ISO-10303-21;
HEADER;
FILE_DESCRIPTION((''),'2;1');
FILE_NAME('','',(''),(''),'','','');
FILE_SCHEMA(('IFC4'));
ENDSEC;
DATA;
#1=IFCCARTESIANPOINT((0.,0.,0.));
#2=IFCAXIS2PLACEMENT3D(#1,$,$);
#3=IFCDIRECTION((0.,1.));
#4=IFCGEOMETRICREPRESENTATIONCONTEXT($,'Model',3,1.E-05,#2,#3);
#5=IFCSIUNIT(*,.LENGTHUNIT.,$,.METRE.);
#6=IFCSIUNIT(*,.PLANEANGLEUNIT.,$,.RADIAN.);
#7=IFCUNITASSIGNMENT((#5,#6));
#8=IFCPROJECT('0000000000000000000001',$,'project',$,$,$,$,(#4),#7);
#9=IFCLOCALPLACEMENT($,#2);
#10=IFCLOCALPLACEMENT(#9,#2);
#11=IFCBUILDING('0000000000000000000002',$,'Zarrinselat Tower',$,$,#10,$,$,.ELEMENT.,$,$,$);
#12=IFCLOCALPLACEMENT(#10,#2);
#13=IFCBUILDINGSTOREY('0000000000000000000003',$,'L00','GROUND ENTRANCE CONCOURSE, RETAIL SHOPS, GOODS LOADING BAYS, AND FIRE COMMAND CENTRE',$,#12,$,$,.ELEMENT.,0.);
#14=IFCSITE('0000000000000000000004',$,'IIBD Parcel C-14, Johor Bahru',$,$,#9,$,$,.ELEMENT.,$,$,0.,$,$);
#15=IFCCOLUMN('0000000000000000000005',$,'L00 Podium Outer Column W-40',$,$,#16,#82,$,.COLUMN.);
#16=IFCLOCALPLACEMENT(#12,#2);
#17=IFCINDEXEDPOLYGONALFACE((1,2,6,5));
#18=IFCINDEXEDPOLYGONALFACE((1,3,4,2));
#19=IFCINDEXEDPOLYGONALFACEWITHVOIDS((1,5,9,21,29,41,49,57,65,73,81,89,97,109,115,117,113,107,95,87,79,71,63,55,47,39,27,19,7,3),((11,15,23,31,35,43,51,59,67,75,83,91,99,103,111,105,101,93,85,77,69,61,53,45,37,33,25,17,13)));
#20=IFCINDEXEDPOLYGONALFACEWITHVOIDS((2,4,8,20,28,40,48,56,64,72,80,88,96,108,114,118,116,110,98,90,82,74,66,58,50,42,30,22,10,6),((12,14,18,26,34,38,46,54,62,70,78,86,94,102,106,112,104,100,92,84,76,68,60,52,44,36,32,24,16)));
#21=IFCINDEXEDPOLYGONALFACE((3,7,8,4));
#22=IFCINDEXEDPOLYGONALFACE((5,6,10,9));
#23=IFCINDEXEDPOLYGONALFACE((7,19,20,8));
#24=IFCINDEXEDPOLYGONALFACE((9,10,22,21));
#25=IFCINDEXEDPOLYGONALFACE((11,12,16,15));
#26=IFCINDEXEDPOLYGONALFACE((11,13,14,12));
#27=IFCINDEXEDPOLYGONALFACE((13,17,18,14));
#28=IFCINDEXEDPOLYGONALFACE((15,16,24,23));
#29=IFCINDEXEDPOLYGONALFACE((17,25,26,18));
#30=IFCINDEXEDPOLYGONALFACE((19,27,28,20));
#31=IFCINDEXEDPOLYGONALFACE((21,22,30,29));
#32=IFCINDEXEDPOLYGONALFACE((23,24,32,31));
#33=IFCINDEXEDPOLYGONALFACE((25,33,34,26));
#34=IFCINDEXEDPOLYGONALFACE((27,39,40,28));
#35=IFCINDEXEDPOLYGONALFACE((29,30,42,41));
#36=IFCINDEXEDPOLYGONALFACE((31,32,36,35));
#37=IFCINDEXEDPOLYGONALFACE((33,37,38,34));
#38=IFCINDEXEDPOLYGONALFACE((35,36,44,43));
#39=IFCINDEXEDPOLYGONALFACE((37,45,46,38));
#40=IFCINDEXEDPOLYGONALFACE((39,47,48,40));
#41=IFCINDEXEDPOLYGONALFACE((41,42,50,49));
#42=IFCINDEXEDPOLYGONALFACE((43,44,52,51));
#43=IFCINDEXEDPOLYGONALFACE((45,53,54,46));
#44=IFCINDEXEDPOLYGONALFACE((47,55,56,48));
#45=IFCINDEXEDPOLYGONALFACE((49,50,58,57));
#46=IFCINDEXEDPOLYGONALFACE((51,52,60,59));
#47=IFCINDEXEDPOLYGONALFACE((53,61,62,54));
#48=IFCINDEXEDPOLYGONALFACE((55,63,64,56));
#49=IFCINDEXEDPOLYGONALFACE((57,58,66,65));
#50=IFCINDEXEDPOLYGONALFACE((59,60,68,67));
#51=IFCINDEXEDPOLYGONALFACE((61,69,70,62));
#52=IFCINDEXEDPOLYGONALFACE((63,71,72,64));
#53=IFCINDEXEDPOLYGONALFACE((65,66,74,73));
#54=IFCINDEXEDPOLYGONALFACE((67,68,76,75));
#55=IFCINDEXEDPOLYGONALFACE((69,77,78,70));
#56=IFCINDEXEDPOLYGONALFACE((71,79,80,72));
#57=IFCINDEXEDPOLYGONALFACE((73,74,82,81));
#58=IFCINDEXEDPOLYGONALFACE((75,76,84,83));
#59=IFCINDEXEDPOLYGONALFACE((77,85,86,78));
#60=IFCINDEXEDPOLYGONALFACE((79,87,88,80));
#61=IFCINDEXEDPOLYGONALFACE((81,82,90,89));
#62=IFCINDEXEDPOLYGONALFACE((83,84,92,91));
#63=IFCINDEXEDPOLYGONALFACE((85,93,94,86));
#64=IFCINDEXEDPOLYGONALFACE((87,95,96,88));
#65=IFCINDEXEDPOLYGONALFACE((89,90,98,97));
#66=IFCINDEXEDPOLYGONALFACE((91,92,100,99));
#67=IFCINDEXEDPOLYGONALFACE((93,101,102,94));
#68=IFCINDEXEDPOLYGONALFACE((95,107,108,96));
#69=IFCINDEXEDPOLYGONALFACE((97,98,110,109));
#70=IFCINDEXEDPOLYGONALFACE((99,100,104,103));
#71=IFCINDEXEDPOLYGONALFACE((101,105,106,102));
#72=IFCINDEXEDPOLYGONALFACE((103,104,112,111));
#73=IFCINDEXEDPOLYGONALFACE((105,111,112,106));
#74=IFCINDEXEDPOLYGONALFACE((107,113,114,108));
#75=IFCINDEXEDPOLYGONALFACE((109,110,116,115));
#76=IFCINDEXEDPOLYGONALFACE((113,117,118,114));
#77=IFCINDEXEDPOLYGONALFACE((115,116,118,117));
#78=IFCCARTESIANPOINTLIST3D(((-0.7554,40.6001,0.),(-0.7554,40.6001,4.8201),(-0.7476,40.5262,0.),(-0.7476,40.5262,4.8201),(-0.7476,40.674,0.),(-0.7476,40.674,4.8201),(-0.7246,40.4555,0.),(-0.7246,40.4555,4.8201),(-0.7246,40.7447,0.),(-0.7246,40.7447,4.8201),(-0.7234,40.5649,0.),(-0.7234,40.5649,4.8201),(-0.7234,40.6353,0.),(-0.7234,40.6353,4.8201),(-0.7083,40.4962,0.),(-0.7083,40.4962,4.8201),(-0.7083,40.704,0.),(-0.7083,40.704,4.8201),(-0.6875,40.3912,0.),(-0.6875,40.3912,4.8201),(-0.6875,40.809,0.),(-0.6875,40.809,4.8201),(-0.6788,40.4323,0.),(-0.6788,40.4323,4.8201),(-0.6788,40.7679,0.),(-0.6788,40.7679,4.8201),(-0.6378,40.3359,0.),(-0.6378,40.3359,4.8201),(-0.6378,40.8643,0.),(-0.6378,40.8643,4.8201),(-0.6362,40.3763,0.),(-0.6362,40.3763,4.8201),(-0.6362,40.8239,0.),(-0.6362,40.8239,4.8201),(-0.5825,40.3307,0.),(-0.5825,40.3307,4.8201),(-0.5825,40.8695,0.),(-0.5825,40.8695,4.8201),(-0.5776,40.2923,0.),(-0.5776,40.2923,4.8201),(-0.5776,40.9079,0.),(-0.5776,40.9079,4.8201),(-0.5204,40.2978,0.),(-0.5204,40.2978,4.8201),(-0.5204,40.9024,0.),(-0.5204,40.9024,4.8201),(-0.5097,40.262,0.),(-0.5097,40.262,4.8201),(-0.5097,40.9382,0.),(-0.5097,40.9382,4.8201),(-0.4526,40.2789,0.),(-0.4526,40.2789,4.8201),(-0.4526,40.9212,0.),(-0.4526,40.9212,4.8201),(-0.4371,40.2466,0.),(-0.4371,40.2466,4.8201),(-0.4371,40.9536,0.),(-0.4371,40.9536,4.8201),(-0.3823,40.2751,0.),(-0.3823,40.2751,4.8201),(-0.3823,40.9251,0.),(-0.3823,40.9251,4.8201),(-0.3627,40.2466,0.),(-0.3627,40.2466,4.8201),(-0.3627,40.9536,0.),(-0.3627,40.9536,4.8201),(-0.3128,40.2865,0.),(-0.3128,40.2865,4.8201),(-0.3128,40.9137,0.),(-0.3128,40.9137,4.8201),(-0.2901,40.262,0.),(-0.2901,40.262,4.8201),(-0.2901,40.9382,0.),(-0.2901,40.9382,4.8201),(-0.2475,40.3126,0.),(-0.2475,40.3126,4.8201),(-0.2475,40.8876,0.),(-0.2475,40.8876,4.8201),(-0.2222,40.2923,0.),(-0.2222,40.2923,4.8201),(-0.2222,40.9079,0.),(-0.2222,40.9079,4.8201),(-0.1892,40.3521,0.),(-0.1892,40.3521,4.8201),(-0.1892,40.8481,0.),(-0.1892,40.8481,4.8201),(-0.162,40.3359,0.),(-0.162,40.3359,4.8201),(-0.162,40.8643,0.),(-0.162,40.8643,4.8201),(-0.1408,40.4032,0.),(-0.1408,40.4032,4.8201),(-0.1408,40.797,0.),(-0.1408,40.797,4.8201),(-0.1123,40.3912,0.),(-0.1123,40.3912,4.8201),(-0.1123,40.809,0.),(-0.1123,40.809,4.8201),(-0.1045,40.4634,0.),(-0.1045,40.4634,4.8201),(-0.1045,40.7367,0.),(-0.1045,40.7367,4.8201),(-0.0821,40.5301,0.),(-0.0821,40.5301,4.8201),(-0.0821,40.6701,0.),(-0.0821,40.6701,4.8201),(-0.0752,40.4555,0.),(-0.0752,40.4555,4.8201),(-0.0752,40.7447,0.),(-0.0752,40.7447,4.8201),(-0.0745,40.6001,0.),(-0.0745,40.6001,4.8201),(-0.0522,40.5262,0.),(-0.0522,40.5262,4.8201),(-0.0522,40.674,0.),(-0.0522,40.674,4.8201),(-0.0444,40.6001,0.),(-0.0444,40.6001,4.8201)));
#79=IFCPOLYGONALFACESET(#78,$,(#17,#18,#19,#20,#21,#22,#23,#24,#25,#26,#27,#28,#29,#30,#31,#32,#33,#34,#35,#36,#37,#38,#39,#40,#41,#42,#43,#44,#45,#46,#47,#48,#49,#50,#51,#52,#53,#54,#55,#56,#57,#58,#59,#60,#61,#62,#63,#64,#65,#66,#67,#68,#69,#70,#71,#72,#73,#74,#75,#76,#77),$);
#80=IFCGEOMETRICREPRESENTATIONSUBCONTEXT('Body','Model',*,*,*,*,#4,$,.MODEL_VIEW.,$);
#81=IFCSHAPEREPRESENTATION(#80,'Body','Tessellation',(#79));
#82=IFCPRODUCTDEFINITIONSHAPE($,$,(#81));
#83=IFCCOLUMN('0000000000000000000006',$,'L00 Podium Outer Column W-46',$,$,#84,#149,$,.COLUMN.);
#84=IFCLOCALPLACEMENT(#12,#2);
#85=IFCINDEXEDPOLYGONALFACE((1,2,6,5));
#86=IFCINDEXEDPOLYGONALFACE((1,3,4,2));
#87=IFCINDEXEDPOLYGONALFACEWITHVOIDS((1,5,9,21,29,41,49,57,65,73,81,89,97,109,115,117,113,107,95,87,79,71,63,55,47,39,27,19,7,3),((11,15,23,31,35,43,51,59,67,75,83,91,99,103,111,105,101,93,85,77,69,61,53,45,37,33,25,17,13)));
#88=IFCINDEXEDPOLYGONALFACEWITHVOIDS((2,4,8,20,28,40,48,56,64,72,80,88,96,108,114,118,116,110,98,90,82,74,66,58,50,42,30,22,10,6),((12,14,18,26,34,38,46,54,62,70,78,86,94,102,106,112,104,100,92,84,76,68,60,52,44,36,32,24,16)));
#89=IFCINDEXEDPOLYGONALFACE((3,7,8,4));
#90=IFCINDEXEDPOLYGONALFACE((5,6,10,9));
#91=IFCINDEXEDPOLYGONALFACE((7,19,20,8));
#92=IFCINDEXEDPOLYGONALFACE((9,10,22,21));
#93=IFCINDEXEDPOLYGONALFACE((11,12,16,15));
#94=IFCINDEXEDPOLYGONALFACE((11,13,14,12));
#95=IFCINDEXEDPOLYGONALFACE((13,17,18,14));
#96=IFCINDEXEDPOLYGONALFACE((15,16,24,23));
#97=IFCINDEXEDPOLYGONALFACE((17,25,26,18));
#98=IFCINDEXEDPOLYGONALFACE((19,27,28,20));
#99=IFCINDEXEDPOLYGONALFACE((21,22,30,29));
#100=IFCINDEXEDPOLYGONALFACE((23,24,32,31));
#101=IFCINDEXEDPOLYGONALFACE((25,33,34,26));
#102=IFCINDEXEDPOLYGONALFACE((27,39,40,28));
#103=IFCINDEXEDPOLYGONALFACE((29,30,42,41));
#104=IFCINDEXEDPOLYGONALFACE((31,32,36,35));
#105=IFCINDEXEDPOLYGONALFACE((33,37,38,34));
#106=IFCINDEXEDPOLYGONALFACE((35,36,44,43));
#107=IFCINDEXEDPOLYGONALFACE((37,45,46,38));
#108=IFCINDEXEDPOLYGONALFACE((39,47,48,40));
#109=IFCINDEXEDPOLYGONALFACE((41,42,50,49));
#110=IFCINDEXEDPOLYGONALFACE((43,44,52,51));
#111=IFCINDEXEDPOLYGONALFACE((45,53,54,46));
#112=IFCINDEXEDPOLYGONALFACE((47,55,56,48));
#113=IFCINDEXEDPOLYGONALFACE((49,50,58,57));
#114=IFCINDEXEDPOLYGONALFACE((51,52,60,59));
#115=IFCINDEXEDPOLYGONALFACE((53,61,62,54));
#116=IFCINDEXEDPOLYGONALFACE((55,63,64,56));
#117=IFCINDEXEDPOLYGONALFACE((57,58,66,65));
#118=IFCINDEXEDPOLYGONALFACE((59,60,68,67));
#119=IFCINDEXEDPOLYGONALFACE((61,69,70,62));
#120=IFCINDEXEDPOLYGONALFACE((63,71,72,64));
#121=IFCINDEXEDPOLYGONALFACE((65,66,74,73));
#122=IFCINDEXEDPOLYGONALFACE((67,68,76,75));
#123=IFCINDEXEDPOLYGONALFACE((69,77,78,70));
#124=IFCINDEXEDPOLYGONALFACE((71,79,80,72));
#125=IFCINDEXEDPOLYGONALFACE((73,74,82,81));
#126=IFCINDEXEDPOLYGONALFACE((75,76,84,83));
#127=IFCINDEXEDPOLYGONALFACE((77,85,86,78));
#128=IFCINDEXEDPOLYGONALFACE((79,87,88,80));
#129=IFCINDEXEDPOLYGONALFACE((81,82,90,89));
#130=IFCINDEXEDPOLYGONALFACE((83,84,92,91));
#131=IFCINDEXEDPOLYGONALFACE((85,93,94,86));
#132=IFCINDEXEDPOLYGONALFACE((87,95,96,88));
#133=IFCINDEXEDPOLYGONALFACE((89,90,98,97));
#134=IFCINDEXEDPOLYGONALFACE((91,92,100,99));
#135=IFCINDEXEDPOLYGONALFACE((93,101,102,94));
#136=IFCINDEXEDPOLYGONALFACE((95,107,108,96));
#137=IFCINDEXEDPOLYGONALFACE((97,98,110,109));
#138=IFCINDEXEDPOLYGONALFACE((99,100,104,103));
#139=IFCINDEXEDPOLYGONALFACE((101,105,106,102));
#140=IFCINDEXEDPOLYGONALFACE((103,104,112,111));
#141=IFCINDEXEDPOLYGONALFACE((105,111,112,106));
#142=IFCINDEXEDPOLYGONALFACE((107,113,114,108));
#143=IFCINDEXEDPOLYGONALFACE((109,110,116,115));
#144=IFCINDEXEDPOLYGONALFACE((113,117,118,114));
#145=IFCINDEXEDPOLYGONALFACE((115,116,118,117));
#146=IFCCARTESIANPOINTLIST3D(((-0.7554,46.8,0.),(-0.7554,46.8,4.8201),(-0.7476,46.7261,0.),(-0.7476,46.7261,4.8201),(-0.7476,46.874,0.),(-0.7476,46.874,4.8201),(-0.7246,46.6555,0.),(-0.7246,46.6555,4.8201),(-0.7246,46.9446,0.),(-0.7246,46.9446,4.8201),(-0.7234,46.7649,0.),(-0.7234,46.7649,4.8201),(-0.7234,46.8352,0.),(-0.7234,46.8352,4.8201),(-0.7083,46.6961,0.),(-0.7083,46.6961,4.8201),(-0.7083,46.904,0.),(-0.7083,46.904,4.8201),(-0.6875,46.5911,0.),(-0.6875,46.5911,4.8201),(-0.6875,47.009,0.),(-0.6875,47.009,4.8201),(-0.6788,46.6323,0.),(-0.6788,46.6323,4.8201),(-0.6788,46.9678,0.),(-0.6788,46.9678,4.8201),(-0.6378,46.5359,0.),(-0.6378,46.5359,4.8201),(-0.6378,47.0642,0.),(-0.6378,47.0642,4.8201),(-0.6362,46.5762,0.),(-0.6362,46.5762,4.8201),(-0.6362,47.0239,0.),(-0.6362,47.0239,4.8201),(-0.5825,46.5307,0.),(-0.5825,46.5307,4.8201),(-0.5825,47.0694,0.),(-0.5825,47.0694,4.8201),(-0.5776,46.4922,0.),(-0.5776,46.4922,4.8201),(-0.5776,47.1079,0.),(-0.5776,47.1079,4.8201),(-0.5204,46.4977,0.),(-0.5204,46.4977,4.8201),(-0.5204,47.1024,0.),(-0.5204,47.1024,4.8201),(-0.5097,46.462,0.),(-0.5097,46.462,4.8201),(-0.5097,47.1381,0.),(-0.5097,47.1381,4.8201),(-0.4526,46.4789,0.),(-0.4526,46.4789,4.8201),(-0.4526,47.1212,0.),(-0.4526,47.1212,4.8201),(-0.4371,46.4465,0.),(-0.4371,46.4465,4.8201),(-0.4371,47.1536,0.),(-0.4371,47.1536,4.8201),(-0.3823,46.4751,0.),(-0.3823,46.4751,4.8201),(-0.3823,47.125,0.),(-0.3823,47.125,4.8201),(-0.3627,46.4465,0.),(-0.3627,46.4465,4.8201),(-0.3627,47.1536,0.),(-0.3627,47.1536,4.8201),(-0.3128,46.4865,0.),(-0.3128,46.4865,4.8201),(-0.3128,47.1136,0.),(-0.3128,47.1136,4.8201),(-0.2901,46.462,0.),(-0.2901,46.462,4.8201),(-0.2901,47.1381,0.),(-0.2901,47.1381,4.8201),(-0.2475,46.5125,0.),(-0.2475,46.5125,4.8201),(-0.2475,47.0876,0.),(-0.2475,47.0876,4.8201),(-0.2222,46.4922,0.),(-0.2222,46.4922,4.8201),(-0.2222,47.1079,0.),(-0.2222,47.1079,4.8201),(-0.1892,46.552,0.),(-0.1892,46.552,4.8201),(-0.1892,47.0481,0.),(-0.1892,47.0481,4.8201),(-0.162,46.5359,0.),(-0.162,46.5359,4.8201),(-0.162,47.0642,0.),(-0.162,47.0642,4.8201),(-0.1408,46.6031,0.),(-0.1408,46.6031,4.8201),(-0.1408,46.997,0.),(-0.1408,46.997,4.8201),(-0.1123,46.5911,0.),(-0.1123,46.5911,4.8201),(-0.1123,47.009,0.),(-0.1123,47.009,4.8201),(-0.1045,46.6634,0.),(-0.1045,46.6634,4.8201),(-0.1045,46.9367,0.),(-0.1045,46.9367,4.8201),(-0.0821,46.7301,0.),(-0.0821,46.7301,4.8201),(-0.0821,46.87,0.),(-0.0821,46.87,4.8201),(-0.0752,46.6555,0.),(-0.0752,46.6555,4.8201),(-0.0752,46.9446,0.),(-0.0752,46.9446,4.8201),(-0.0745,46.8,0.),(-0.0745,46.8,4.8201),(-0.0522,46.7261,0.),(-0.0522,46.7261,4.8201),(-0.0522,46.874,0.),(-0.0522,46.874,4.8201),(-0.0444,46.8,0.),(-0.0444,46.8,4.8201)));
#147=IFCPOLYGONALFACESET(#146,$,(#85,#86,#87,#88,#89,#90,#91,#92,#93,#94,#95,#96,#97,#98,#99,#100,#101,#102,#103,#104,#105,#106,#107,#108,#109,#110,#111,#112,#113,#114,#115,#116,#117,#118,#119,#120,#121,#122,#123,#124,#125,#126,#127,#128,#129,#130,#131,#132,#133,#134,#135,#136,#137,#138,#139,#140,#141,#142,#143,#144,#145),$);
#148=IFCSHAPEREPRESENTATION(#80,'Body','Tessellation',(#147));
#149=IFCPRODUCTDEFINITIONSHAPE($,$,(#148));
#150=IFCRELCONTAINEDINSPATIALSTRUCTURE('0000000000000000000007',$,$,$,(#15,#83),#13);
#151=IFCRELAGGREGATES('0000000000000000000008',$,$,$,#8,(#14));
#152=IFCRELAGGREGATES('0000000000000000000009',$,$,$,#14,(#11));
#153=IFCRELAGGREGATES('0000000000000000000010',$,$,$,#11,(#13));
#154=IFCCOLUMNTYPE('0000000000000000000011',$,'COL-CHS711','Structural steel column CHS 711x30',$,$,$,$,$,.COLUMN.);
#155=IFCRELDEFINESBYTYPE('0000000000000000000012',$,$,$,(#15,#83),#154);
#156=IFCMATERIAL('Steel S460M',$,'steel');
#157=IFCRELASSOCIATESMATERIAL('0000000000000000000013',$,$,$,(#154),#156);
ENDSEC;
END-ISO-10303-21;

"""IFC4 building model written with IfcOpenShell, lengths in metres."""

from ifc_helpers import new_model, si_unit, direction, frame, origin, origin_2d, place, context, subcontext, project, spatial, hollow_circle, extrude, material, material_profile, profile_set, type_object, element, save


model = new_model("IFC4")

# Units and contexts
model_context = context("Model", 3, precision=1e-05, world=origin(), true_north=direction((0.0, 1.0)))
body_context = subcontext(model_context, "Body", "Model", "MODEL_VIEW")
ifc_project = project(units=[si_unit("LENGTHUNIT", "METRE"), si_unit("PLANEANGLEUNIT", "RADIAN")], contexts=[model_context])

# Site, building, storey
site_placement = place(None, origin())
site = spatial("IfcSite", under=ifc_project, at=site_placement, Name="IIBD Parcel C-14, Johor Bahru", CompositionType="ELEMENT", RefElevation=0.0)
building_placement = place(site_placement, origin())
building = spatial("IfcBuilding", under=site, at=building_placement, Name="Zarrinselat Tower", CompositionType="ELEMENT")
storey_placement = place(building_placement, origin())
storey = spatial("IfcBuildingStorey", under=building, at=storey_placement, Name="L00", Description="GROUND ENTRANCE CONCOURSE, RETAIL SHOPS, GOODS LOADING BAYS, AND FIRE COMMAND CENTRE", CompositionType="ELEMENT", Elevation=0.0)

# Columns
ifc_material_1 = material(Name="Steel S460M", Category="steel")
ifc_material_profile_1 = material_profile(ifc_material_1, hollow_circle(Radius=0.3555, WallThickness=0.03, at=origin_2d()), Name="CHS 711x30")
ifc_profile_set_1 = profile_set([ifc_material_profile_1], Name="Steel S460M")
column_type = type_object("IfcColumnType", Name="COL-CHS711", Description="Structural steel column CHS 711x30", PredefinedType="COLUMN", material=ifc_profile_set_1)
for number, where, z_axis, x_axis, name in (
    (1, (-0.3999, 40.6001, 0.0), (0.0, 0.0, 1.0), (1.0, 0.0, 0.0), "L00 Podium Outer Column W-40"),
    (2, (-0.3999, 46.8, 0.0), (0.0, 0.0, 1.0), (1.0, 0.0, 0.0), "L00 Podium Outer Column W-46"),
):
    element("IfcColumn", number, at=place(storey_placement, frame(where, z_axis=z_axis, x_axis=x_axis)), inside=storey, type_object=column_type, Name=name, PredefinedType="COLUMN", context=body_context, shape_type="SweptSolid", body=[
        extrude(hollow_circle(Radius=0.3555, WallThickness=0.03, at=origin_2d()), origin(), (0.0, 0.0, 1.0), 4.8201),
    ])

save(model, "model.ifc")
